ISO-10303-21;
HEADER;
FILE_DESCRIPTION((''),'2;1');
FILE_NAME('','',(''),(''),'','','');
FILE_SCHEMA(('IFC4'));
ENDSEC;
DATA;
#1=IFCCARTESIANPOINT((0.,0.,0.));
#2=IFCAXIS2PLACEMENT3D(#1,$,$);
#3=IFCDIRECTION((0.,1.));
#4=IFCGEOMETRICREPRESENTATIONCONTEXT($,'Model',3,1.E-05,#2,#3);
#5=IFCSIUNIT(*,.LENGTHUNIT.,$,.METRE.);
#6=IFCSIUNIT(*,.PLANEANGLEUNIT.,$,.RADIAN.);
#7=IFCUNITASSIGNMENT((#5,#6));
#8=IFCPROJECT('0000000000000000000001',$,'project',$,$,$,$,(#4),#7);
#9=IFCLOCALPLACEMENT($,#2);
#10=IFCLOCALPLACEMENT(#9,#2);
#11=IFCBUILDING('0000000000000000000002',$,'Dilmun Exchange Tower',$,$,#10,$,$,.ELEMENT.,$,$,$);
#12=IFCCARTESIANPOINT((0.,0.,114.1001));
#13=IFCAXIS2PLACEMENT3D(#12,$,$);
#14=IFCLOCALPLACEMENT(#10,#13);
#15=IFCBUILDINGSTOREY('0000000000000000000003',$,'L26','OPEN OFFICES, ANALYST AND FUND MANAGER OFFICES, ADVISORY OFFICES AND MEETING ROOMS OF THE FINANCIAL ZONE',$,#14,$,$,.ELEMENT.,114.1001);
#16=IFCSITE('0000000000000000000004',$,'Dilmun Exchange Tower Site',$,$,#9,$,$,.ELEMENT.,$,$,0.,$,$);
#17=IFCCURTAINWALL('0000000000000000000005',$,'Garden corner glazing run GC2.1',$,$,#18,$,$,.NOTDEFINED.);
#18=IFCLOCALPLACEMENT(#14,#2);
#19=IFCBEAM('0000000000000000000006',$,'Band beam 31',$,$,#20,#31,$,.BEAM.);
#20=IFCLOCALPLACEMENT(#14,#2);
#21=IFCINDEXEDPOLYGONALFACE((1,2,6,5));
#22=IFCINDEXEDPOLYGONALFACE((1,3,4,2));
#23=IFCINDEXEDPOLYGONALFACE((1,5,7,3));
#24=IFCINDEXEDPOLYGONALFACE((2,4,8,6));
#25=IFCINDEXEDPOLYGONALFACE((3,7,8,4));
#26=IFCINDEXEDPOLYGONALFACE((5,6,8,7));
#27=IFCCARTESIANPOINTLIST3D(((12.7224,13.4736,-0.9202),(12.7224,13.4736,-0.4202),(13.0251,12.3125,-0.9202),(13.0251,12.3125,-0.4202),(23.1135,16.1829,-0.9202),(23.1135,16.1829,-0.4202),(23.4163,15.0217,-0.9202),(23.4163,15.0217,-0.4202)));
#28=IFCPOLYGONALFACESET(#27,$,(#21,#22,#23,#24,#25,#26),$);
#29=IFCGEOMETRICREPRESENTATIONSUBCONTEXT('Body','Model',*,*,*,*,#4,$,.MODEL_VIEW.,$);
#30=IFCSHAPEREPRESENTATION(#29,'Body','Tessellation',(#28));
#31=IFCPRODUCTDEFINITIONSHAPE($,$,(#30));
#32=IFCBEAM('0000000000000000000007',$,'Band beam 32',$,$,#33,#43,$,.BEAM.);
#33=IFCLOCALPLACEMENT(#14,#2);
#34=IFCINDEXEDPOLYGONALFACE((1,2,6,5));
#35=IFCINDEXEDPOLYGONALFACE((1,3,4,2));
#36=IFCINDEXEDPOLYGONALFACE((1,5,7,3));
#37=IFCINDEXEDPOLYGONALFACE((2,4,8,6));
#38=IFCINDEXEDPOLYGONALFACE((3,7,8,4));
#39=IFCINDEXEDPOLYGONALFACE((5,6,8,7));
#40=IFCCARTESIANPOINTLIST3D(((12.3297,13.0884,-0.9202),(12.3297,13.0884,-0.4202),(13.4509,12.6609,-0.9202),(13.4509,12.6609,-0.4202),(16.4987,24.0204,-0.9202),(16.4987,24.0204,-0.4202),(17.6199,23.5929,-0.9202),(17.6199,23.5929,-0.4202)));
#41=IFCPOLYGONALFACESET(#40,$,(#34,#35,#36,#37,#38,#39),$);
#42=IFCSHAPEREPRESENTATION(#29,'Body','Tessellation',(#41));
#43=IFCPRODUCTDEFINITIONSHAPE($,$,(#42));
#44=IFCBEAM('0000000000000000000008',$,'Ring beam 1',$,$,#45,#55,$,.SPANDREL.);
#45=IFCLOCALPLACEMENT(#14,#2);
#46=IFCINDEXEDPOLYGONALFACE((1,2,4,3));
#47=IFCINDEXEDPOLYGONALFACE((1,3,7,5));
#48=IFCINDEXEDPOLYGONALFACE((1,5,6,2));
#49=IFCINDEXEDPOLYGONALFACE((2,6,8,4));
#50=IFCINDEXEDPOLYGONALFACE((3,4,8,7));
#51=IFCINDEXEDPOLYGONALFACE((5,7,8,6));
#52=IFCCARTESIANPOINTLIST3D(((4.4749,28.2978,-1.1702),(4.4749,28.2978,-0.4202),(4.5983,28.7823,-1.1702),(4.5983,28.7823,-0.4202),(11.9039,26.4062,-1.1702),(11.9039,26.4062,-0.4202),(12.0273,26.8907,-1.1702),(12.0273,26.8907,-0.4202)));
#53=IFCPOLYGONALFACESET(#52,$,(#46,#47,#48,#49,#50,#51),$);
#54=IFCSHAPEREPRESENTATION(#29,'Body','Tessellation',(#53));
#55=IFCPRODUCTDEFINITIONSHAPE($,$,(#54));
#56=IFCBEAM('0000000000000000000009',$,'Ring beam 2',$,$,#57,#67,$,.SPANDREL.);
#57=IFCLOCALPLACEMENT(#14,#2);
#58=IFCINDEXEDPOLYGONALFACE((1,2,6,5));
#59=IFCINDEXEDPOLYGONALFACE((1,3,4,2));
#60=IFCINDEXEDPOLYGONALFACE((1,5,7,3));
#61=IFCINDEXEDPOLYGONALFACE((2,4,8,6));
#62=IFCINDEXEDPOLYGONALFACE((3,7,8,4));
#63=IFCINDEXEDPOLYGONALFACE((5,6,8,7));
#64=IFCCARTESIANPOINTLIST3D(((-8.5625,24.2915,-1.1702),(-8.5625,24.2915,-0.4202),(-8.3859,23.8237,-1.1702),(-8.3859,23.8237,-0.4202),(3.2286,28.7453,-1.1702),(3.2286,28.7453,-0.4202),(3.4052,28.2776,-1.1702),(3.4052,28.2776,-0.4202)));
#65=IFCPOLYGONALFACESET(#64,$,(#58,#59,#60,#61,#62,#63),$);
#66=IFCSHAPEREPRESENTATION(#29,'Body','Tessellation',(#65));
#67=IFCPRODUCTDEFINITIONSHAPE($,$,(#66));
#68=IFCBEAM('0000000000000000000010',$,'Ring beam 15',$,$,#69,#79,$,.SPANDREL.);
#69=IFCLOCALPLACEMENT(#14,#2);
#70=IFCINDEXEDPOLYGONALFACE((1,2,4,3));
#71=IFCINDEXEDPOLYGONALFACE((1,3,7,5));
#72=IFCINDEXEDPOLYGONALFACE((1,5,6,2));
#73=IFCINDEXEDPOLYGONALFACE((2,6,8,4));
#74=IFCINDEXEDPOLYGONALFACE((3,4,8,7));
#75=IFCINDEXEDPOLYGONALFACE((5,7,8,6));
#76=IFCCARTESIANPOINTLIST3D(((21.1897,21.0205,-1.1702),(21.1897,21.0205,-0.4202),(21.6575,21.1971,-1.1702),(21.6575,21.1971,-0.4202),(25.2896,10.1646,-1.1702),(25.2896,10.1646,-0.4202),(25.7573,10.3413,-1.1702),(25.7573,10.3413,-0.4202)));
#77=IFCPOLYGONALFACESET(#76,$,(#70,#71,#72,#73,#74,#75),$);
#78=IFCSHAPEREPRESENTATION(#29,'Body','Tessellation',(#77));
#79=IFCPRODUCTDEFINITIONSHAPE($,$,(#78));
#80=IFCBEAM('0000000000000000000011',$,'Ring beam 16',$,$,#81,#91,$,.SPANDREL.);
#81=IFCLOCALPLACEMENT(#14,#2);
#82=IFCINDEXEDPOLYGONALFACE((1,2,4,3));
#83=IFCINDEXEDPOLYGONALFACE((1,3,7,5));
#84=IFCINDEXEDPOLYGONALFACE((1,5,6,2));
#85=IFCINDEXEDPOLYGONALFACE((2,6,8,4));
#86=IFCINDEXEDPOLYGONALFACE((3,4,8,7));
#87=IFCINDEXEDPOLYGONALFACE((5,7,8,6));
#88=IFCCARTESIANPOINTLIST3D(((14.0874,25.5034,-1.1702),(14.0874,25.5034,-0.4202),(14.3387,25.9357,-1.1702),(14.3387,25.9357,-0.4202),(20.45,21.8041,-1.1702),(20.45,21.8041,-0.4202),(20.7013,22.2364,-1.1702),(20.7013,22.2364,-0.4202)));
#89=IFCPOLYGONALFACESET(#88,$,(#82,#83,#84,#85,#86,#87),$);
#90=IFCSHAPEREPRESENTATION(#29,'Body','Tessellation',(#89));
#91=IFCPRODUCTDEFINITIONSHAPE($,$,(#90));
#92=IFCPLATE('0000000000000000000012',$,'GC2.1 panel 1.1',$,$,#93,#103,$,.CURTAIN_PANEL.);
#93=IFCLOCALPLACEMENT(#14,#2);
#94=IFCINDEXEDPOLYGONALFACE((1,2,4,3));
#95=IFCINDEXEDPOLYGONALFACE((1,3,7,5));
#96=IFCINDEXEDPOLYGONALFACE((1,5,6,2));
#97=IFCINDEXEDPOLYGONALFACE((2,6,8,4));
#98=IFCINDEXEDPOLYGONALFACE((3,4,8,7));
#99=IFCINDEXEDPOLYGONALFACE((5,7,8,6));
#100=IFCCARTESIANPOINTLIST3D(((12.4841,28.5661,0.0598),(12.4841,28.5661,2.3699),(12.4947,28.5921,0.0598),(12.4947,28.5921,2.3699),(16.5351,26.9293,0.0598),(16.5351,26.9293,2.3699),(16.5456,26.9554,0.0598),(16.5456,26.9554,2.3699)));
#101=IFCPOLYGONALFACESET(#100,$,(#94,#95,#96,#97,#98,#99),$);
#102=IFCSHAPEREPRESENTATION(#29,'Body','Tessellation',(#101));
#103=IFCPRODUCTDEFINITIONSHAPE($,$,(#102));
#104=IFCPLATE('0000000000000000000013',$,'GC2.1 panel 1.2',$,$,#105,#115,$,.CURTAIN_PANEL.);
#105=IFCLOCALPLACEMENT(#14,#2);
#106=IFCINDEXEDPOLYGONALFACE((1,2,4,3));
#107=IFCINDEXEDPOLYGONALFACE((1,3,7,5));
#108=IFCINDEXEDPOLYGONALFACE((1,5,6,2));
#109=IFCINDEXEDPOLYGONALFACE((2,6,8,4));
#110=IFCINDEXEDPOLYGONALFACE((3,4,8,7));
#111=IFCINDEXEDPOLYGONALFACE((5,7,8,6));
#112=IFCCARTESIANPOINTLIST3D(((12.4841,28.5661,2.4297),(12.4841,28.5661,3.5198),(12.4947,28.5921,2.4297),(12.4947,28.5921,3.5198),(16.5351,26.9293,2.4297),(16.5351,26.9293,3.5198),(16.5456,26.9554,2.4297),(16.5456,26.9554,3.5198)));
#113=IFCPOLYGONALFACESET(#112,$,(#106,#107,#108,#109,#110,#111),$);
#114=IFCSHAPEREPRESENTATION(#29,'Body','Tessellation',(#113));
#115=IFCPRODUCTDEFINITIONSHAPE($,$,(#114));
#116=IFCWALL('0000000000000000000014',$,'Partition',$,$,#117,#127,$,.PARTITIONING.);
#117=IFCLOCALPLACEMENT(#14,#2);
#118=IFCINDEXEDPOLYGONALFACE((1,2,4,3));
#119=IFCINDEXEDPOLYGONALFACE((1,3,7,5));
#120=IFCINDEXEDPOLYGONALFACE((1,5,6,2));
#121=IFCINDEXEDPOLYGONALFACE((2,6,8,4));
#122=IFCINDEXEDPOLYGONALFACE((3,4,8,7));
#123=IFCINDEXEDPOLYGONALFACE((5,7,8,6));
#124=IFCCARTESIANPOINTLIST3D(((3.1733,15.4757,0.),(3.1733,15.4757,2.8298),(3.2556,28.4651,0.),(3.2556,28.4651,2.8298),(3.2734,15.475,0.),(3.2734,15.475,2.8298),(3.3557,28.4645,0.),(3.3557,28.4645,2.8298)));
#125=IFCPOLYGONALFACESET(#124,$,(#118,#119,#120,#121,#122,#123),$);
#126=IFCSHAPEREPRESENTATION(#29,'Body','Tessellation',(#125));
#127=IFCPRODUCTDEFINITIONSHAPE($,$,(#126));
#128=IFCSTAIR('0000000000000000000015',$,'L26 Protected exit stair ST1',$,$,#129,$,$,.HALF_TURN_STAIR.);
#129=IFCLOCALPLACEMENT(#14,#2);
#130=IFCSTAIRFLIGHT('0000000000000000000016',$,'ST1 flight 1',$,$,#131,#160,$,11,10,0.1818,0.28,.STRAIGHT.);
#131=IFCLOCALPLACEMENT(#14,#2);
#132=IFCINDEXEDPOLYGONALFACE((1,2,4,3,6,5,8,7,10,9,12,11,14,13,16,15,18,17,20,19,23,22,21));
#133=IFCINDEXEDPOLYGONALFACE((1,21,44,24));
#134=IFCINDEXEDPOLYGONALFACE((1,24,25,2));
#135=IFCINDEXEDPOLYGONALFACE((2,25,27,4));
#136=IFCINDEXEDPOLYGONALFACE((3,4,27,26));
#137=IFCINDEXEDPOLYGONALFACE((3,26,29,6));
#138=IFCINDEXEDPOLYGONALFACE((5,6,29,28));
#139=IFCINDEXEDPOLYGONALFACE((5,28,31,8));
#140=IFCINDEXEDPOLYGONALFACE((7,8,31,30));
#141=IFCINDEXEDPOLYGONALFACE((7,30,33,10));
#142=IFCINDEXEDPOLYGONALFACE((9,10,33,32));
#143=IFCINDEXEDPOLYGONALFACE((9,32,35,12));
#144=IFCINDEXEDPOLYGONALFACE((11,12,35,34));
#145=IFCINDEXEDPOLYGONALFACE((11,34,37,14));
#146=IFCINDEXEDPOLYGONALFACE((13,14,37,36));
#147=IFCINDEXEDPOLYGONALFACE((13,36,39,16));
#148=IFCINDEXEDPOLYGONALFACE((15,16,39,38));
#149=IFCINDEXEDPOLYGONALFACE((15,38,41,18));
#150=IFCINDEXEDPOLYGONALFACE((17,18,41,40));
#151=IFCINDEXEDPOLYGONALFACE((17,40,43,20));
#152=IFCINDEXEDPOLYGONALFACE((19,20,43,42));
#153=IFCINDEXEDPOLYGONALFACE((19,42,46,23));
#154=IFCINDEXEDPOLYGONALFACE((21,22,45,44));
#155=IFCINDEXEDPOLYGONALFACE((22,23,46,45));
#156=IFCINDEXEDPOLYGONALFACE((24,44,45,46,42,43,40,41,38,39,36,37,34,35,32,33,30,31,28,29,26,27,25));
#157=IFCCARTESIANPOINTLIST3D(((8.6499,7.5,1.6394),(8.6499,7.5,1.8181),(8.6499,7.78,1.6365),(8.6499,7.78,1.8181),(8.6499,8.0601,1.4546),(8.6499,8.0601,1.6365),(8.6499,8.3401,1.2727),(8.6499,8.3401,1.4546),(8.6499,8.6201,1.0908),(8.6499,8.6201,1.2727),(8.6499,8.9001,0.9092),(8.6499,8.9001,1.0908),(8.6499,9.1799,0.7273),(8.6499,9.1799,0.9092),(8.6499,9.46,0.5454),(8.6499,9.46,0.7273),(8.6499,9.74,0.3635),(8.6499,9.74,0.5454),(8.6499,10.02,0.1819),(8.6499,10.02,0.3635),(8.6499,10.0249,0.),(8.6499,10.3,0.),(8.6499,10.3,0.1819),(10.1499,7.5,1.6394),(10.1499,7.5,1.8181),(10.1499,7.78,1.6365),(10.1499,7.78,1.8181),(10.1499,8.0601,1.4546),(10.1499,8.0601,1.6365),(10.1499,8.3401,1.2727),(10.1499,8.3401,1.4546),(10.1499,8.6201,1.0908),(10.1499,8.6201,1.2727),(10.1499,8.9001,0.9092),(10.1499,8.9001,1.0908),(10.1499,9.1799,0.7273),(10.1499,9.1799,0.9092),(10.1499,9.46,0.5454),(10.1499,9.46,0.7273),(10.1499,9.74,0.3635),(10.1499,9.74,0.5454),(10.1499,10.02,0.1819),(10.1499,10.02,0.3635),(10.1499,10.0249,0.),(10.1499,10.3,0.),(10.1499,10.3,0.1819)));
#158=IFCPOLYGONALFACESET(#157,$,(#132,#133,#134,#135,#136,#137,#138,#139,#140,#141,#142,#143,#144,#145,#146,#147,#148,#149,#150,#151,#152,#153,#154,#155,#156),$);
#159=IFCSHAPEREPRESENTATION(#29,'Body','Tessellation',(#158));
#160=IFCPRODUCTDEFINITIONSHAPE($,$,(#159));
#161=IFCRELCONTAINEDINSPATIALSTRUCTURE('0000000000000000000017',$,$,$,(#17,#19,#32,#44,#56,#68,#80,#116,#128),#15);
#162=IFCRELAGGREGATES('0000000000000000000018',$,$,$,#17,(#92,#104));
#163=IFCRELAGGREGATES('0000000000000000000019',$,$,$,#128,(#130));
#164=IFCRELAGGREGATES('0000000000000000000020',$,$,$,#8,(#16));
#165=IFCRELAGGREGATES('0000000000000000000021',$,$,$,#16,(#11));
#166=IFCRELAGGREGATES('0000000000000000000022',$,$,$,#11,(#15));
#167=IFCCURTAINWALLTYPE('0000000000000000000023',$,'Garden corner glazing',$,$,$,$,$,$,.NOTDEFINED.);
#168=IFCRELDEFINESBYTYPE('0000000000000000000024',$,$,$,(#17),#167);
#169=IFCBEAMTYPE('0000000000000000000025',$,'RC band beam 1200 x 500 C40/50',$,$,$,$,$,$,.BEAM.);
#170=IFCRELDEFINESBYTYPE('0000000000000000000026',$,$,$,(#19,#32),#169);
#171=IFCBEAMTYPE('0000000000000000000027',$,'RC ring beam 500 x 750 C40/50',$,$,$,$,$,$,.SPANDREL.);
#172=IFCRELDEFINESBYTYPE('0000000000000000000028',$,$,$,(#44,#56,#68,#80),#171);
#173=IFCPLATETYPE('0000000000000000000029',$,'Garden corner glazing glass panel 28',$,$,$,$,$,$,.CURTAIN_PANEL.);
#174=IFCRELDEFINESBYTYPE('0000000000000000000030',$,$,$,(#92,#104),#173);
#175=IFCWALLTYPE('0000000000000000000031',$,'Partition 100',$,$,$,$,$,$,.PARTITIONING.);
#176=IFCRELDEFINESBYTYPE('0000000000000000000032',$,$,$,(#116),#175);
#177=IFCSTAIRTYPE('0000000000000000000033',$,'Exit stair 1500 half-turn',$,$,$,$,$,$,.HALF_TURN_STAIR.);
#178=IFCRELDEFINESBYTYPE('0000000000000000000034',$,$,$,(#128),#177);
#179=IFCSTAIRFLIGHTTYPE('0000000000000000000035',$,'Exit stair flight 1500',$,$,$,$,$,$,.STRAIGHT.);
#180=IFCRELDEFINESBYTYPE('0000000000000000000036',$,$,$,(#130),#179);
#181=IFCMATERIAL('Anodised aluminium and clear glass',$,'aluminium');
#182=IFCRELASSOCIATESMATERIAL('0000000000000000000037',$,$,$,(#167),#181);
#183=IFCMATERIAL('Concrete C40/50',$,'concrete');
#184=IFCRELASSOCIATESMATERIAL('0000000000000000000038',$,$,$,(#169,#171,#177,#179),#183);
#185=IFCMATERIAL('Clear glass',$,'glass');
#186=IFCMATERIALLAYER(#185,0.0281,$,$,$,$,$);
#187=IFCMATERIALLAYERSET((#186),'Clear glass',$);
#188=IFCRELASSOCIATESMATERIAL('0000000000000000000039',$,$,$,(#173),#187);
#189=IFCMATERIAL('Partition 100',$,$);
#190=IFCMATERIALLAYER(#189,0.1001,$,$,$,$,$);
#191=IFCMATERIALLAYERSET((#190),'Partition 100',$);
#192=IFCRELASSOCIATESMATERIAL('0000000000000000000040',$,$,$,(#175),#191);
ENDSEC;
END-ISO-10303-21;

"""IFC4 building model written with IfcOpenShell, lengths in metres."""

from ifc_helpers import new_model, si_unit, direction, frame, frame_2d, origin, origin_2d, place, context, subcontext, project, spatial, polyline, rectangle, outline, extrude, material, layer, layer_set, material_profile, profile_set, type_object, element, aggregate, save


model = new_model("IFC4")

# Units and contexts
model_context = context("Model", 3, precision=1e-05, world=origin(), true_north=direction((0.0, 1.0)))
body_context = subcontext(model_context, "Body", "Model", "MODEL_VIEW")
ifc_project = project(units=[si_unit("LENGTHUNIT", "METRE"), si_unit("PLANEANGLEUNIT", "RADIAN")], contexts=[model_context])

# Site, building, storey
site_placement = place(None, origin())
site = spatial("IfcSite", under=ifc_project, at=site_placement, Name="Dilmun Exchange Tower Site", CompositionType="ELEMENT", RefElevation=0.0)
building_placement = place(site_placement, origin())
building = spatial("IfcBuilding", under=site, at=building_placement, Name="Dilmun Exchange Tower", CompositionType="ELEMENT")
storey_placement = place(building_placement, frame((0.0, 0.0, 114.1001)))
storey = spatial("IfcBuildingStorey", under=building, at=storey_placement, Name="L26", Description="OPEN OFFICES, ANALYST AND FUND MANAGER OFFICES, ADVISORY OFFICES AND MEETING ROOMS OF THE FINANCIAL ZONE", CompositionType="ELEMENT", Elevation=114.1001)

# Shared definitions
ifc_material_1 = material(Name="Anodised aluminium and clear glass", Category="aluminium")
curtain_wall_type = type_object("IfcCurtainWallType", Name="Garden corner glazing", PredefinedType="NOTDEFINED", material=ifc_material_1)

# Curtain wall
curtain_wall_1_placement = place(storey_placement, origin())
curtain_wall_1 = element("IfcCurtainWall", 1, at=curtain_wall_1_placement, inside=storey, type_object=curtain_wall_type, Name="Garden corner glazing run GC2.1", PredefinedType="NOTDEFINED")

# Beams
ifc_material_2 = material(Name="Concrete C40/50", Category="concrete")
ifc_material_profile_1 = material_profile(ifc_material_2, rectangle(XDim=1.2, YDim=0.5, at=origin_2d()), Name="1200 x 500")
ifc_profile_set_1 = profile_set([ifc_material_profile_1], Name="Concrete C40/50")
beam_type_1 = type_object("IfcBeamType", Name="RC band beam 1200 x 500 C40/50", PredefinedType="BEAM", material=ifc_profile_set_1)
beam_1_placement = place(storey_placement, frame((23.2649, 15.6023, -0.6702), z_axis=(-0.967651, -0.252291, 0.0), x_axis=(0.252291, -0.967651, 0.0)))
element("IfcBeam", 2, at=beam_1_placement, inside=storey, type_object=beam_type_1, Name="Band beam 31", PredefinedType="BEAM", context=body_context, shape_type="SweptSolid", body=[
    extrude(rectangle(XDim=1.2, YDim=0.5, at=origin_2d()), origin(), (0.0, 0.0, 1.0), 10.7385),
])
beam_2_placement = place(storey_placement, frame((17.0593, 23.8066, -0.6702), z_axis=(-0.356325, -0.934362, 0.0), x_axis=(0.934362, -0.356325, 0.0)))
element("IfcBeam", 3, at=beam_2_placement, inside=storey, type_object=beam_type_1, Name="Band beam 32", PredefinedType="BEAM", context=body_context, shape_type="SweptSolid", body=[
    extrude(rectangle(XDim=1.2, YDim=0.5, at=origin_2d()), origin(), (0.0, 0.0, 1.0), 11.7),
])
ifc_material_profile_2 = material_profile(ifc_material_2, rectangle(XDim=0.5, YDim=0.75, at=origin_2d()), Name="500 x 750")
ifc_profile_set_2 = profile_set([ifc_material_profile_2], Name="Concrete C40/50")
beam_type_2 = type_object("IfcBeamType", Name="RC ring beam 500 x 750 C40/50", PredefinedType="SPANDREL", material=ifc_profile_set_2)
beam_3_placement = place(storey_placement, frame((11.9656, 26.6484, -0.7952), z_axis=(-0.969079, 0.246752, 0.0), x_axis=(-0.246752, -0.969079, 0.0)))
element("IfcBeam", 4, at=beam_3_placement, inside=storey, type_object=beam_type_2, Name="Ring beam 1", PredefinedType="SPANDREL", context=body_context, shape_type="SweptSolid", body=[
    extrude(rectangle(XDim=0.5, YDim=0.75, at=origin_2d()), origin(), (0.0, 0.0, 1.0), 7.666),
])
beam_4_placement = place(storey_placement, frame((3.3169, 28.5115, -0.7952), z_axis=(-0.935486, -0.353364, 0.0), x_axis=(0.353364, -0.935486, 0.0)))
element("IfcBeam", 5, at=beam_4_placement, inside=storey, type_object=beam_type_2, Name="Ring beam 2", PredefinedType="SPANDREL", context=body_context, shape_type="SweptSolid", body=[
    extrude(rectangle(XDim=0.5, YDim=0.75, at=origin_2d()), origin(), (0.0, 0.0, 1.0), 12.6042),
])
beam_5_placement = place(storey_placement, frame((25.5234, 10.2529, -0.7952), z_axis=(-0.353304, 0.935509, 0.0), x_axis=(-0.935509, -0.353304, 0.0)))
element("IfcBeam", 6, at=beam_5_placement, inside=storey, type_object=beam_type_2, Name="Ring beam 15", PredefinedType="SPANDREL", context=body_context, shape_type="SweptSolid", body=[
    extrude(rectangle(XDim=0.5, YDim=0.75, at=origin_2d()), origin(), (0.0, 0.0, 1.0), 11.6042),
])
beam_6_placement = place(storey_placement, frame((20.5757, 22.0203, -0.7952), z_axis=(-0.864503, 0.502627, 0.0), x_axis=(-0.502627, -0.864503, 0.0)))
element("IfcBeam", 7, at=beam_6_placement, inside=storey, type_object=beam_type_2, Name="Ring beam 16", PredefinedType="SPANDREL", context=body_context, shape_type="SweptSolid", body=[
    extrude(rectangle(XDim=0.5, YDim=0.75, at=origin_2d()), origin(), (0.0, 0.0, 1.0), 7.3599),
])

# Plates
ifc_material_3 = material(Name="Clear glass", Category="glass")
ifc_layer_1 = layer(ifc_material_3, 0.0281)
ifc_layer_set_1 = layer_set([ifc_layer_1], Name="Clear glass")
plate_type = type_object("IfcPlateType", Name="Garden corner glazing glass panel 28", PredefinedType="CURTAIN_PANEL", material=ifc_layer_set_1)
plate_1_placement = place(storey_placement, frame((14.5149, 27.7607, 0.0598), z_axis=(0.0, 0.0, 1.0), x_axis=(-0.927179, 0.374618, 0.0)))
plate_1 = element("IfcPlate", 8, at=plate_1_placement, type_object=plate_type, Name="GC2.1 panel 1.1", PredefinedType="CURTAIN_PANEL", context=body_context, shape_type="SweptSolid", body=[
    extrude(rectangle(XDim=4.3691, YDim=0.0281, at=origin_2d()), origin(), (0.0, 0.0, 1.0), 2.3101),
])
plate_2_placement = place(storey_placement, frame((14.5149, 27.7607, 2.4297), z_axis=(0.0, 0.0, 1.0), x_axis=(-0.927179, 0.374618, 0.0)))
plate_2 = element("IfcPlate", 9, at=plate_2_placement, type_object=plate_type, Name="GC2.1 panel 1.2", PredefinedType="CURTAIN_PANEL", context=body_context, shape_type="SweptSolid", body=[
    extrude(rectangle(XDim=4.3691, YDim=0.0281, at=origin_2d()), origin(), (0.0, 0.0, 1.0), 1.0901),
])
aggregate(curtain_wall_1, [plate_1, plate_2])

# Wall
ifc_material_4 = material(Name="Partition 100")
ifc_layer_2 = layer(ifc_material_4, 0.1001)
ifc_layer_set_2 = layer_set([ifc_layer_2], Name="Partition 100")
wall_type_1 = type_object("IfcWallType", Name="Partition 100", PredefinedType="PARTITIONING", material=ifc_layer_set_2)
wall_1_placement = place(storey_placement, frame((3.2234, 15.4753, 0.0), z_axis=(0.0, 0.0, 1.0), x_axis=(0.006334, 0.99998, 0.0)))
element("IfcWall", 10, at=wall_1_placement, inside=storey, type_object=wall_type_1, Name="Partition", PredefinedType="PARTITIONING", context=body_context, shape_type="SweptSolid", body=[
    extrude(rectangle(XDim=12.9897, YDim=0.1001, at=frame_2d((6.4949, 0.0))), origin(), (0.0, 0.0, 1.0), 2.8298),
])

# Stair, stair flight
stair_type = type_object("IfcStairType", Name="Exit stair 1500 half-turn", PredefinedType="HALF_TURN_STAIR", material=ifc_material_2)
stair_placement = place(storey_placement, origin())
stair = element("IfcStair", 11, at=stair_placement, inside=storey, type_object=stair_type, Name="L26 Protected exit stair ST1", PredefinedType="HALF_TURN_STAIR")
stair_flight_type = type_object("IfcStairFlightType", Name="Exit stair flight 1500", PredefinedType="STRAIGHT", material=ifc_material_2)
stair_flight_placement = place(storey_placement, frame((9.3999, 10.3, 0.0), z_axis=(0.0, 0.0, 1.0), x_axis=(0.0, -1.0, 0.0)))
stair_flight = element("IfcStairFlight", 12, at=stair_flight_placement, type_object=stair_flight_type, Name="ST1 flight 1", NumberOfRisers=11, NumberOfTreads=10, PredefinedType="STRAIGHT", RiserHeight=0.1818, TreadLength=0.28, context=body_context, shape_type="SweptSolid", body=[
    extrude(outline(polyline([(0.0, 0.0), (0.0, 0.1819), (0.28, 0.1819), (0.28, 0.3635), (0.5601, 0.3635), (0.5601, 0.5454), (0.8401, 0.5454), (0.8401, 0.7273), (1.1201, 0.7273), (1.1201, 0.9092), (1.3999, 0.9092), (1.3999, 1.0908), (1.6799, 1.0908), (1.6799, 1.2727), (1.96, 1.2727), (1.96, 1.4546), (2.24, 1.4546), (2.24, 1.6365), (2.52, 1.6365), (2.52, 1.8181), (2.8, 1.8181), (2.8, 2.0), (2.8, 1.6394), (0.2751, 0.0), (0.0, 0.0)])), frame((0.0, 0.75, 0.0), z_axis=(0.0, -1.0, 0.0), x_axis=(1.0, 0.0, 0.0)), (0.0, 0.0, 1.0), 1.5),
])
aggregate(stair, [stair_flight])

save(model, "model.ifc")
